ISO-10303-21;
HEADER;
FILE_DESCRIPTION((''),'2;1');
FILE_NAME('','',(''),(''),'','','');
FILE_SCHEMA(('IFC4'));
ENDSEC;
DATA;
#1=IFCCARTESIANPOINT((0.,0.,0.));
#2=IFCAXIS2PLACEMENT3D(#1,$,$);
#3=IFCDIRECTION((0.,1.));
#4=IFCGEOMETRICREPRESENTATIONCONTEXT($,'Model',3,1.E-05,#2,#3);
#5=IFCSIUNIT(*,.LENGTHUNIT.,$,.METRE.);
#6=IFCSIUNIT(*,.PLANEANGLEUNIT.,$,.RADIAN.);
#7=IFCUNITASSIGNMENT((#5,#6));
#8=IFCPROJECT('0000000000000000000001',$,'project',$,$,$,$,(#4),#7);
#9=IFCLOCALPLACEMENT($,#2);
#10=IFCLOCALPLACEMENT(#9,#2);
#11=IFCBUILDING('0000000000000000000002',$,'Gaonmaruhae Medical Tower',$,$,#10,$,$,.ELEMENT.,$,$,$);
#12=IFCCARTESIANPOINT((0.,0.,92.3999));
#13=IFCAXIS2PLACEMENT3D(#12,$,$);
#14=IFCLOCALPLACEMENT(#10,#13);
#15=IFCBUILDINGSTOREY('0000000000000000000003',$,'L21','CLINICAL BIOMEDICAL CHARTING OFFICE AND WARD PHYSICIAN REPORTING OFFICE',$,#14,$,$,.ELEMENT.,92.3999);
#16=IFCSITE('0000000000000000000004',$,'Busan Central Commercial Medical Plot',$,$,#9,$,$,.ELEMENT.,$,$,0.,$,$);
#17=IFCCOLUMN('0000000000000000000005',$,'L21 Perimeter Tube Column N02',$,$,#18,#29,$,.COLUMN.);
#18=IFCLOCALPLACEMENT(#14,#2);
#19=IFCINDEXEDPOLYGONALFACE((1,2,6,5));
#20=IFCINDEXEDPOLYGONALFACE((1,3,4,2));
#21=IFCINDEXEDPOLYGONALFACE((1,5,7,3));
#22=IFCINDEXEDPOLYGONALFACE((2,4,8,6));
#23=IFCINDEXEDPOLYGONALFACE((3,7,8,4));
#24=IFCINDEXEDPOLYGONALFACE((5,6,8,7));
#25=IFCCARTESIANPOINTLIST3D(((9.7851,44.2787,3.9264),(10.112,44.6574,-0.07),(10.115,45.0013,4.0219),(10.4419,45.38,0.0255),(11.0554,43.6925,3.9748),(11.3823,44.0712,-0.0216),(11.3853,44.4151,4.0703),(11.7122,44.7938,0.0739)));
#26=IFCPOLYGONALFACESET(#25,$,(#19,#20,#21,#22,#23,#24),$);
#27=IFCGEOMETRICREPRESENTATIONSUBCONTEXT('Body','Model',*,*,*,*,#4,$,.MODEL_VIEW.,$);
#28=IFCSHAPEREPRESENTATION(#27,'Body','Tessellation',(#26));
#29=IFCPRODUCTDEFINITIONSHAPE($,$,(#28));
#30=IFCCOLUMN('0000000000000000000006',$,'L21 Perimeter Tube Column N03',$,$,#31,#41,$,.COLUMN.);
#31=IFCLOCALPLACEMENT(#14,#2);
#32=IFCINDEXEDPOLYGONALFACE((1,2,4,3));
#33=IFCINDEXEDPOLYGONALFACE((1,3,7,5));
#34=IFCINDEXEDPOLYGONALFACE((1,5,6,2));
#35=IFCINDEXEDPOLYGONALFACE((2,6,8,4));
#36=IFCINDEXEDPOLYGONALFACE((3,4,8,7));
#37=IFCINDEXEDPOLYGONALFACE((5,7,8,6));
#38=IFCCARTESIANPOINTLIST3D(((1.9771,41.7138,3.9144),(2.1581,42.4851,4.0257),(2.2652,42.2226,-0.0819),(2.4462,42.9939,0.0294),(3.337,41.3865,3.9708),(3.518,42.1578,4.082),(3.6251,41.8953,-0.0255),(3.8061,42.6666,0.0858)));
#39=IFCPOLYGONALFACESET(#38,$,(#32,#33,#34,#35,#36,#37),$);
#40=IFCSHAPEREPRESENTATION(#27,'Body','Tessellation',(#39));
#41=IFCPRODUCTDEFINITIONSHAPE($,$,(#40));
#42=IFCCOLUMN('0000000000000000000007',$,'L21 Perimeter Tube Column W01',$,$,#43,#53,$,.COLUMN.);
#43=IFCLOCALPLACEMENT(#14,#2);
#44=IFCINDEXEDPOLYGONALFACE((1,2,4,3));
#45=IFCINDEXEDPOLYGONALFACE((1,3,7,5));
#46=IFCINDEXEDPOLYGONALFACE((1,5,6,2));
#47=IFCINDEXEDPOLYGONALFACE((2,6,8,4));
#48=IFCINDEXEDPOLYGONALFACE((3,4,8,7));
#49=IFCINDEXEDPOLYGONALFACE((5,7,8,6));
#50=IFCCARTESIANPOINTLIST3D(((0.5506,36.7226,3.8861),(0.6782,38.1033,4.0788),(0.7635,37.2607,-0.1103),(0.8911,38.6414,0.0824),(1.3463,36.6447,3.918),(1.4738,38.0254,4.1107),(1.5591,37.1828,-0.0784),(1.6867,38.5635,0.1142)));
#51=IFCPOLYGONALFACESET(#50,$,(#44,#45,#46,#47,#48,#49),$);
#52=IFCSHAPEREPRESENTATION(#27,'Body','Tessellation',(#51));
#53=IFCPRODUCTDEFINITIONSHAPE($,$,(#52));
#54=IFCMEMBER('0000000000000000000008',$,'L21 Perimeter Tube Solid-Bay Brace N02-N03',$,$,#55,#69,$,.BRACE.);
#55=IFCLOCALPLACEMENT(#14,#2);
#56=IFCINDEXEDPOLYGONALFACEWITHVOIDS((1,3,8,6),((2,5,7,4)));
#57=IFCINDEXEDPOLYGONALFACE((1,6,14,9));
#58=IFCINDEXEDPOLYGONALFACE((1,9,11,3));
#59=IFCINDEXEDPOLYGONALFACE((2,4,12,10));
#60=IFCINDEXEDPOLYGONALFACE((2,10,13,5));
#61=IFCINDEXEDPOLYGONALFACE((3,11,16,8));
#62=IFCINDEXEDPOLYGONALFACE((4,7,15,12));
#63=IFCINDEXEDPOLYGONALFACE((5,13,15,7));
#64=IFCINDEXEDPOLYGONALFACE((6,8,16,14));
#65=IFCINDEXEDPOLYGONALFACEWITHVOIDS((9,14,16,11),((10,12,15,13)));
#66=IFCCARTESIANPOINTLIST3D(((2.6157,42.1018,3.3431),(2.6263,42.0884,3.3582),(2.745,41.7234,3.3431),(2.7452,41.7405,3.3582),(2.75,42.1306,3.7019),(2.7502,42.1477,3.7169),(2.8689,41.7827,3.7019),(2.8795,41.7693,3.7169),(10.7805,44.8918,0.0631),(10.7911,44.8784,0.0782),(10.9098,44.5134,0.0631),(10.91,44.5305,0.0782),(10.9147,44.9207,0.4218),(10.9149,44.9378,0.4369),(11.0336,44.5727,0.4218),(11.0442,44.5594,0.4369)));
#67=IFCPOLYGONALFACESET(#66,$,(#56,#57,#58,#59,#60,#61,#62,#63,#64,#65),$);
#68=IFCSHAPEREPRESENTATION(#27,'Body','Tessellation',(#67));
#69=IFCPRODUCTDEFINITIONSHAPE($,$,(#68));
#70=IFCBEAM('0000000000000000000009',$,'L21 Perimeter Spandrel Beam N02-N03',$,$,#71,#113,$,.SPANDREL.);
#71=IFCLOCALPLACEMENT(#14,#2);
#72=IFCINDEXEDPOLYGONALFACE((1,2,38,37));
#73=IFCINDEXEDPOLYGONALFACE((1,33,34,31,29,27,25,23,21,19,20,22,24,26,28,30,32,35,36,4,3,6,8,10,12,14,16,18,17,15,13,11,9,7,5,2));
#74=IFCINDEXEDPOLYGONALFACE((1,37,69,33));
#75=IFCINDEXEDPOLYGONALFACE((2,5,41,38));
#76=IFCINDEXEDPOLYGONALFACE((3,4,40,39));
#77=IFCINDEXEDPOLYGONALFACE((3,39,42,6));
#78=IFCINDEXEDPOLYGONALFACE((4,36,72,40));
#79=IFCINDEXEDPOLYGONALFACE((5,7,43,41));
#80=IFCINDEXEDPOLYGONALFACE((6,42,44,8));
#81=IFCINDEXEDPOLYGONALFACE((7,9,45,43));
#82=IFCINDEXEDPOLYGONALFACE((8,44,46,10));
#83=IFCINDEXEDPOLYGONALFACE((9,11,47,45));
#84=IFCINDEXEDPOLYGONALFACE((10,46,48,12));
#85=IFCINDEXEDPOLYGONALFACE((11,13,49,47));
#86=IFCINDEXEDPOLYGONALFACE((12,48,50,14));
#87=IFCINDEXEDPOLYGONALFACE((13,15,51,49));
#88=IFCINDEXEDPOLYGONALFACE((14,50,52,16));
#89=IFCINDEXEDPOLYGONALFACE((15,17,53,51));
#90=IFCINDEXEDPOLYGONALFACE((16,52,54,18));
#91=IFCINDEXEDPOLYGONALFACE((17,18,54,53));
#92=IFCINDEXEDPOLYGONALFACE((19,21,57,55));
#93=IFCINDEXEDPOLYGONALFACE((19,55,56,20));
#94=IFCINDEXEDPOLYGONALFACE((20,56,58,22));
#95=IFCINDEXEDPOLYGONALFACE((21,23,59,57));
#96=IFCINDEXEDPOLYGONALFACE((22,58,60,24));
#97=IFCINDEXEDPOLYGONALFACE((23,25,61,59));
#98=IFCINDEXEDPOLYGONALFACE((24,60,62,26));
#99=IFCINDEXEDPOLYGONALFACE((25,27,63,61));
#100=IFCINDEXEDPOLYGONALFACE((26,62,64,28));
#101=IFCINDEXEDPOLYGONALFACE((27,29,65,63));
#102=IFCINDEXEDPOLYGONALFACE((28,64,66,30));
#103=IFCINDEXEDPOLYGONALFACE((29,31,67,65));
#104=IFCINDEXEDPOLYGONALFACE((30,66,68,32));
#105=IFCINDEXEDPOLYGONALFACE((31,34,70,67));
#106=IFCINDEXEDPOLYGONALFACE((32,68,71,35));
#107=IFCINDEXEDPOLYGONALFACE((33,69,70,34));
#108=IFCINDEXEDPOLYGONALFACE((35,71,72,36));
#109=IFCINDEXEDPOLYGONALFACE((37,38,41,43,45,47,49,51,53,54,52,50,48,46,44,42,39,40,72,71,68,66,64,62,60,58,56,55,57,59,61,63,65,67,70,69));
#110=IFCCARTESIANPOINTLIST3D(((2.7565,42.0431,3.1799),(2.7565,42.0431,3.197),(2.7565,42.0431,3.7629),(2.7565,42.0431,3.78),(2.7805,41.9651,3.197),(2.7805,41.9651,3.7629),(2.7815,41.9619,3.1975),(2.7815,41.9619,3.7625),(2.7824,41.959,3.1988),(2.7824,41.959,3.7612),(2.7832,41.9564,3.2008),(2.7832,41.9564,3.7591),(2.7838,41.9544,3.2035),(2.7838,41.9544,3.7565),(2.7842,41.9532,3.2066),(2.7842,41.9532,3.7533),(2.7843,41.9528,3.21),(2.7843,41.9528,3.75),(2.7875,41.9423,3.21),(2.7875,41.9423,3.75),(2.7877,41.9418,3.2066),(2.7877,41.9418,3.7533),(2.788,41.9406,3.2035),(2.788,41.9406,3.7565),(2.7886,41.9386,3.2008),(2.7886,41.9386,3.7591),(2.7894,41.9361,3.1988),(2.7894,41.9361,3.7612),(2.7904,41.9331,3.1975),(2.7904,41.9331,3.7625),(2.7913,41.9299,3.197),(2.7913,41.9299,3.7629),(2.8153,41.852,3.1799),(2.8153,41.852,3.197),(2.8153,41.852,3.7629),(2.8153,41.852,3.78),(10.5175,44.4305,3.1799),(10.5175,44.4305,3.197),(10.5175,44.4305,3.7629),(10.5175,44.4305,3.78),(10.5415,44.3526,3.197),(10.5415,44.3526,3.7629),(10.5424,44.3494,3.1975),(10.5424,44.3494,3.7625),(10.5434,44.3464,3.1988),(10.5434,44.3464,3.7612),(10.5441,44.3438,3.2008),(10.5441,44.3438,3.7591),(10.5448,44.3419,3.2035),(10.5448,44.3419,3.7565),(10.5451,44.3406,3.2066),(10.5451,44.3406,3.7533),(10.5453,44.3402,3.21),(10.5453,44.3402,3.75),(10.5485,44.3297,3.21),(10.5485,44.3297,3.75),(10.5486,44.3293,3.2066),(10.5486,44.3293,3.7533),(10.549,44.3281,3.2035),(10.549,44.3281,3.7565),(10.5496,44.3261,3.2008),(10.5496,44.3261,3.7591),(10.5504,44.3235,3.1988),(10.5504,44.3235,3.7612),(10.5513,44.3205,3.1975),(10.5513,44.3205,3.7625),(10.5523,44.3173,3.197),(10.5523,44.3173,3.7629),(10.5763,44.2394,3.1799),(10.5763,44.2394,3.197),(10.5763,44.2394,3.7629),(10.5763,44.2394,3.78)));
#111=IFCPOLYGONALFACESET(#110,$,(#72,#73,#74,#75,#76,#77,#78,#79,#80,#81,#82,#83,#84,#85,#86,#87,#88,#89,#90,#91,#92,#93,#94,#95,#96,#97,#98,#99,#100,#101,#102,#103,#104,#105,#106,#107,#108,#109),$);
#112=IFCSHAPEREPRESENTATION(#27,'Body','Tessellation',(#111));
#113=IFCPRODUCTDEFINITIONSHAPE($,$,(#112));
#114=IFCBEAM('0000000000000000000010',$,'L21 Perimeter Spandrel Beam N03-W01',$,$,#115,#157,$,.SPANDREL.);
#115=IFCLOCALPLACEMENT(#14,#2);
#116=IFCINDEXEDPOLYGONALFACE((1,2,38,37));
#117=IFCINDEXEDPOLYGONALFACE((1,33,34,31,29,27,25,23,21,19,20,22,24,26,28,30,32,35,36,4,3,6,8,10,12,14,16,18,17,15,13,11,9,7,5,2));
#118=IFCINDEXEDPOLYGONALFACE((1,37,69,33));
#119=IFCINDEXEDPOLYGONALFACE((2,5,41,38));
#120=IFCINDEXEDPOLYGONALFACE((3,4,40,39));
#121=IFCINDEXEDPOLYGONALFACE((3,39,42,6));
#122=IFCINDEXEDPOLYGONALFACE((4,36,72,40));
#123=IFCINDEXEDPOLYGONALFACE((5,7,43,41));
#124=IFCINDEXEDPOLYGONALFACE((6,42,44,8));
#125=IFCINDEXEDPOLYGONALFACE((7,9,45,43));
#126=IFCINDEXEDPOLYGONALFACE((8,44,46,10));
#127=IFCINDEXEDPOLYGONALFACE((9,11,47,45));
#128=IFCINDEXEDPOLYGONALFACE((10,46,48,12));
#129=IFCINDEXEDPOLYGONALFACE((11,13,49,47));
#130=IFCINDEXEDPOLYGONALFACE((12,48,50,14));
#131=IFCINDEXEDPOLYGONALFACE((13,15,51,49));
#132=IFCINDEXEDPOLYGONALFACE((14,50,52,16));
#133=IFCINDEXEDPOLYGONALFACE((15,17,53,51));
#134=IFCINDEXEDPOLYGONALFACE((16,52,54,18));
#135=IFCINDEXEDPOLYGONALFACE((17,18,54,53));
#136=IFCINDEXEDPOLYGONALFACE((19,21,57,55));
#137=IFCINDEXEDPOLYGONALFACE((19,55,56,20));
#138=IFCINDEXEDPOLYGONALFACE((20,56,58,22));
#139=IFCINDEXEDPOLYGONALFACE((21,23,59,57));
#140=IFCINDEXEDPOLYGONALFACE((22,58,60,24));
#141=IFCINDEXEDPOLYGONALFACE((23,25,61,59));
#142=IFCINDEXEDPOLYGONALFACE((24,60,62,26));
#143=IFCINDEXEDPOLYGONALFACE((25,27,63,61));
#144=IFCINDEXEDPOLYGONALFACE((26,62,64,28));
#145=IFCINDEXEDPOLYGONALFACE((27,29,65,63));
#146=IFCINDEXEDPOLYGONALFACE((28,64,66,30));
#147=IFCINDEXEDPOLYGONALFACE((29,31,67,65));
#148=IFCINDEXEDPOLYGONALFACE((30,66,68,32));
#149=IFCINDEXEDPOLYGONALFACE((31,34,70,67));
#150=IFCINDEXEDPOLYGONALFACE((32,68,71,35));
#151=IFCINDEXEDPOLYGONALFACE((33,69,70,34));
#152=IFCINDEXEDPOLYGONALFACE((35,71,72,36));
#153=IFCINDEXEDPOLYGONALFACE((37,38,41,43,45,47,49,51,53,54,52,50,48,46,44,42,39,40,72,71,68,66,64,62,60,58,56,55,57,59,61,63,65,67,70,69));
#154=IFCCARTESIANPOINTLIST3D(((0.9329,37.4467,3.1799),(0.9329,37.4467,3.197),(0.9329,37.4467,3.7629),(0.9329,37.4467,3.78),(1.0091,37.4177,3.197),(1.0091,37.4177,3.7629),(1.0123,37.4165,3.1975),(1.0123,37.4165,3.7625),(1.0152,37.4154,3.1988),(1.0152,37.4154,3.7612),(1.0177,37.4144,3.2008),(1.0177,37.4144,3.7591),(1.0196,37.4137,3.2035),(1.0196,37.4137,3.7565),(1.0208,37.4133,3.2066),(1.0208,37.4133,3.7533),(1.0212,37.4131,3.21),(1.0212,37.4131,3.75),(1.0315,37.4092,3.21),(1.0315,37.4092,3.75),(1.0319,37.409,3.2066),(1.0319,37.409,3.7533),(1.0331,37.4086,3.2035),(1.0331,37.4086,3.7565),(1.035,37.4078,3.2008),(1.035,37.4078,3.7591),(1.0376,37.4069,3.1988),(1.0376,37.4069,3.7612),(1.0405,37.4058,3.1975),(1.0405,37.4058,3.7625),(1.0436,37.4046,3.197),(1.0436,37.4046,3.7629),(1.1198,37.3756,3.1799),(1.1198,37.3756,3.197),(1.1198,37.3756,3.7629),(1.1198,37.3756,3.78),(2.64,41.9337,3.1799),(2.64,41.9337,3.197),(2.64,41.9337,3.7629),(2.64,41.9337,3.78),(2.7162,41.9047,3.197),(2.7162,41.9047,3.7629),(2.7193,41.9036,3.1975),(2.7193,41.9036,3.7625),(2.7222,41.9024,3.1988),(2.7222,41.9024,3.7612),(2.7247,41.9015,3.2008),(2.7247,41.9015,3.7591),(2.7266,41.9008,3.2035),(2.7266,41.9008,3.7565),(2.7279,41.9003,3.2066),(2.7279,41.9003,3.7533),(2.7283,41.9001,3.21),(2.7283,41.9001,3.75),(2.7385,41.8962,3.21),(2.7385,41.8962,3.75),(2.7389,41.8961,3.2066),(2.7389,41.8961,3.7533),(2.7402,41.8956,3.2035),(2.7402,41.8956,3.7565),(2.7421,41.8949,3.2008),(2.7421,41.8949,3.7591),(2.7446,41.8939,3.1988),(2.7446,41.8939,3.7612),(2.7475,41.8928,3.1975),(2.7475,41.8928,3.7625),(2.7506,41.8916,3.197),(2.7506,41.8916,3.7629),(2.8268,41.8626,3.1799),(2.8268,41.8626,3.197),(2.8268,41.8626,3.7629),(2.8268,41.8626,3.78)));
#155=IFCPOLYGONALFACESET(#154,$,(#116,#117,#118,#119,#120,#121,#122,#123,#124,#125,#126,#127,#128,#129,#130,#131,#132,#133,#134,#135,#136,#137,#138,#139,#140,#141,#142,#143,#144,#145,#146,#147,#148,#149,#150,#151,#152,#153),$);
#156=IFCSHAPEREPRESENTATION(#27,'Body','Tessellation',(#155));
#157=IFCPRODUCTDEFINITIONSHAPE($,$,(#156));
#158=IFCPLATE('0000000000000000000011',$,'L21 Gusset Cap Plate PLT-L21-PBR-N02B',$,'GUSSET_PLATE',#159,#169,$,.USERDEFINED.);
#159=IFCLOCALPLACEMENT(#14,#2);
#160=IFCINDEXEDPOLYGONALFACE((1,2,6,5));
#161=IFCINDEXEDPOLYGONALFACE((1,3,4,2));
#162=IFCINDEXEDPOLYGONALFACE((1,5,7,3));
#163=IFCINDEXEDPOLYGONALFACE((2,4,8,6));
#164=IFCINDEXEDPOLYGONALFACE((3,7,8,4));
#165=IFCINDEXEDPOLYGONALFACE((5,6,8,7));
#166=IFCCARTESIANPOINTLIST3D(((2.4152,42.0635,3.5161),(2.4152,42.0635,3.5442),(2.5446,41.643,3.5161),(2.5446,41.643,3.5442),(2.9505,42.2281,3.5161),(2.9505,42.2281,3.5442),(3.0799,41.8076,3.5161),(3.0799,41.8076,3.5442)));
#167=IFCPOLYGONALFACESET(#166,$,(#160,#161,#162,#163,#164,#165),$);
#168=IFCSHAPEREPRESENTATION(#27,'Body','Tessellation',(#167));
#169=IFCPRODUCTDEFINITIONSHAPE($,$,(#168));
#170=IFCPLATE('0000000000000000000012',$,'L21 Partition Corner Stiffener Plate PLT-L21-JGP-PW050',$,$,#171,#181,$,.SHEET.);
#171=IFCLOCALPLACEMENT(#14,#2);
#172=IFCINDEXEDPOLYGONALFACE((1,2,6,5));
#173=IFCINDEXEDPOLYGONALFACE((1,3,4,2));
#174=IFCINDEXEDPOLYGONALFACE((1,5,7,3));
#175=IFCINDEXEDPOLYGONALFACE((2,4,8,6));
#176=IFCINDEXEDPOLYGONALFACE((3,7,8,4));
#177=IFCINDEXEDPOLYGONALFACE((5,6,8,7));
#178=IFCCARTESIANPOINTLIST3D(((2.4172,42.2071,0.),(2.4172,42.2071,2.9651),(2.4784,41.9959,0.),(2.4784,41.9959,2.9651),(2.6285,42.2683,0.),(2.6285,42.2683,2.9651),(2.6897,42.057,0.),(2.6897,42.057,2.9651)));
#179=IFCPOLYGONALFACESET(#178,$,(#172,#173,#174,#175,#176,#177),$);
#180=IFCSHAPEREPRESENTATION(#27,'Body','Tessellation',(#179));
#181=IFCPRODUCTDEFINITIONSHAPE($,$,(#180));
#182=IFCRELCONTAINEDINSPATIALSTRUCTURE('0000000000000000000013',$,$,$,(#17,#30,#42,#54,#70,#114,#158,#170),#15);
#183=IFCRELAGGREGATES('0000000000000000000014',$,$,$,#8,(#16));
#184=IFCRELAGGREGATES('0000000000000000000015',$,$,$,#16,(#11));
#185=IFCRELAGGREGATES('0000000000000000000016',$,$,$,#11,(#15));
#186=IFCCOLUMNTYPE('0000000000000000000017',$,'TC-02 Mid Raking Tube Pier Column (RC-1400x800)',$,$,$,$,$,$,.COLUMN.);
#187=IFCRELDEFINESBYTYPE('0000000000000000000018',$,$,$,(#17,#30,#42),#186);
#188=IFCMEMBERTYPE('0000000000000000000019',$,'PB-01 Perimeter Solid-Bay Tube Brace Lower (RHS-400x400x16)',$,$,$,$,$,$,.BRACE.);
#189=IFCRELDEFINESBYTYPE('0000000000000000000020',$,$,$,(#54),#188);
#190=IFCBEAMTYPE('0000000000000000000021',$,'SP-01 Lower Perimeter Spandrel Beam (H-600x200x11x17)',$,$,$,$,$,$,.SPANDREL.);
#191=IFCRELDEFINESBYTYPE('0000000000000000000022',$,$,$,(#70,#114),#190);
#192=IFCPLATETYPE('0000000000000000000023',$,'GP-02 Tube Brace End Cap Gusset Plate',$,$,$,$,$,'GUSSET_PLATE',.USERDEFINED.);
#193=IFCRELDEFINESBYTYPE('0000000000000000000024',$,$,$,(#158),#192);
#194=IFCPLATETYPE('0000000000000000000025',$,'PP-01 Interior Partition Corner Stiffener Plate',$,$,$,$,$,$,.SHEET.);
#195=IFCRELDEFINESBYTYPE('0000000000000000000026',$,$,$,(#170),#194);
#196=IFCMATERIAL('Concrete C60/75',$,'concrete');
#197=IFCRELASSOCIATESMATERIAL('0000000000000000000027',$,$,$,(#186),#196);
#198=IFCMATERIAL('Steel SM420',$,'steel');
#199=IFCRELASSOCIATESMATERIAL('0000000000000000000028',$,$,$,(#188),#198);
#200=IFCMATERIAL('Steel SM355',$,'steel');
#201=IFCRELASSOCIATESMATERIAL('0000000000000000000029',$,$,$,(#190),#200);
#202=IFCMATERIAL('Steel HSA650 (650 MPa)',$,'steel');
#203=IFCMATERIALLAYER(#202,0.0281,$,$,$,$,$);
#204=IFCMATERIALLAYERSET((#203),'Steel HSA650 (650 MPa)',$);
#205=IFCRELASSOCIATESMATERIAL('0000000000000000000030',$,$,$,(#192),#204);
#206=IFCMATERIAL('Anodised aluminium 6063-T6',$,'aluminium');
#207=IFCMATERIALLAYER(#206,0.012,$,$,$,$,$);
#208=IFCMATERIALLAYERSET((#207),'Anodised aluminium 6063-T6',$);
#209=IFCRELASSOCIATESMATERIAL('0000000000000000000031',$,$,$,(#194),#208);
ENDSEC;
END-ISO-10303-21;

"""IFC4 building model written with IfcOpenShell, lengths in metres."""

from ifc_helpers import new_model, si_unit, direction, frame, origin, origin_2d, place, context, subcontext, project, spatial, rectangle, hollow_rectangle, i_section, extrude, material, layer, layer_set, material_profile, profile_set, type_object, element, save


model = new_model("IFC4")

# Units and contexts
model_context = context("Model", 3, precision=1e-05, world=origin(), true_north=direction((0.0, 1.0)))
body_context = subcontext(model_context, "Body", "Model", "MODEL_VIEW")
ifc_project = project(units=[si_unit("LENGTHUNIT", "METRE"), si_unit("PLANEANGLEUNIT", "RADIAN")], contexts=[model_context])

# Site, building, storey
site_placement = place(None, origin())
site = spatial("IfcSite", under=ifc_project, at=site_placement, Name="Busan Central Commercial Medical Plot", CompositionType="ELEMENT", RefElevation=0.0)
building_placement = place(site_placement, origin())
building = spatial("IfcBuilding", under=site, at=building_placement, Name="Gaonmaruhae Medical Tower", CompositionType="ELEMENT")
storey_placement = place(building_placement, frame((0.0, 0.0, 92.3999)))
storey = spatial("IfcBuildingStorey", under=building, at=storey_placement, Name="L21", Description="CLINICAL BIOMEDICAL CHARTING OFFICE AND WARD PHYSICIAN REPORTING OFFICE", CompositionType="ELEMENT", Elevation=92.3999)

# Columns
ifc_material_1 = material(Name="Concrete C60/75", Category="concrete")
ifc_material_profile_1 = material_profile(ifc_material_1, rectangle(XDim=1.3999, YDim=0.8, at=origin_2d()), Name="RC-1400x800")
ifc_profile_set_1 = profile_set([ifc_material_profile_1], Name="Concrete C60/75")
column_type = type_object("IfcColumnType", Name="TC-02 Mid Raking Tube Pier Column (RC-1400x800)", PredefinedType="COLUMN", material=ifc_profile_set_1)
column_1_placement = place(storey_placement, frame((10.9121, 44.7256, 0.002), z_axis=(-0.081168, -0.094019, 0.992256), x_axis=(0.907432, -0.418776, 0.034549)))
element("IfcColumn", 1, at=column_1_placement, inside=storey, type_object=column_type, Name="L21 Perimeter Tube Column N02", PredefinedType="COLUMN", context=body_context, shape_type="SweptSolid", body=[
    extrude(rectangle(XDim=1.3999, YDim=0.8, at=origin_2d()), origin(), (0.0, 0.0, 1.0), 4.0276),
])
column_2_placement = place(storey_placement, frame((3.0356, 42.4446, 0.002), z_axis=(-0.071328, -0.125973, 0.989466), x_axis=(0.971456, -0.233777, 0.040267)))
element("IfcColumn", 2, at=column_2_placement, inside=storey, type_object=column_type, Name="L21 Perimeter Tube Column N03", PredefinedType="COLUMN", context=body_context, shape_type="SweptSolid", body=[
    extrude(rectangle(XDim=1.3999, YDim=0.8, at=origin_2d()), origin(), (0.0, 0.0, 1.0), 4.0388),
])
column_3_placement = place(storey_placement, frame((1.2251, 37.9121, 0.002), z_axis=(-0.052722, -0.133255, 0.989679), x_axis=(0.091085, 0.986284, 0.13765)))
element("IfcColumn", 3, at=column_3_placement, inside=storey, type_object=column_type, Name="L21 Perimeter Tube Column W01", PredefinedType="COLUMN", context=body_context, shape_type="SweptSolid", body=[
    extrude(rectangle(XDim=1.3999, YDim=0.8, at=origin_2d()), origin(), (0.0, 0.0, 1.0), 4.0381),
])

# Member
ifc_material_2 = material(Name="Steel SM420", Category="steel")
ifc_material_profile_2 = material_profile(ifc_material_2, hollow_rectangle(XDim=0.3999, YDim=0.3999, WallThickness=0.0161, at=origin_2d()), Name="RHS-400x400x16")
ifc_profile_set_2 = profile_set([ifc_material_profile_2], Name="Steel SM420")
member_type = type_object("IfcMemberType", Name="PB-01 Perimeter Solid-Bay Tube Brace Lower (RHS-400x400x16)", PredefinedType="BRACE", material=ifc_profile_set_2)
member_placement = place(storey_placement, frame((10.9124, 44.7256, 0.25), z_axis=(-0.884521, -0.302255, 0.355337), x_axis=(0.323358, -0.946277, 0.0)))
element("IfcMember", 4, at=member_placement, inside=storey, type_object=member_type, Name="L21 Perimeter Tube Solid-Bay Brace N02-N03", PredefinedType="BRACE", context=body_context, shape_type="SweptSolid", body=[
    extrude(hollow_rectangle(XDim=0.3999, YDim=0.3999, WallThickness=0.0161, at=origin_2d()), origin(), (0.0, 0.0, 1.0), 9.2307),
])

# Beams
ifc_material_3 = material(Name="Steel SM355", Category="steel")
ifc_material_profile_3 = material_profile(ifc_material_3, i_section(OverallWidth=0.2, OverallDepth=0.6001, WebThickness=0.011, FlangeThickness=0.0171, FilletRadius=0.0129, at=origin_2d()), Name="H-600x200x11x17")
ifc_profile_set_3 = profile_set([ifc_material_profile_3], Name="Steel SM355")
beam_type = type_object("IfcBeamType", Name="SP-01 Lower Perimeter Spandrel Beam (H-600x200x11x17)", PredefinedType="SPANDREL", material=ifc_profile_set_3)
beam_1_placement = place(storey_placement, frame((10.5469, 44.335, 3.48), z_axis=(-0.955798, -0.294025, 0.0), x_axis=(0.294025, -0.955798, 0.0)))
element("IfcBeam", 5, at=beam_1_placement, inside=storey, type_object=beam_type, Name="L21 Perimeter Spandrel Beam N02-N03", PredefinedType="SPANDREL", context=body_context, shape_type="SweptSolid", body=[
    extrude(i_section(OverallWidth=0.2, OverallDepth=0.6001, WebThickness=0.011, FlangeThickness=0.0171, FilletRadius=0.0129, at=origin_2d()), origin(), (0.0, 0.0, 1.0), 8.1199),
])
beam_2_placement = place(storey_placement, frame((2.7334, 41.8982, 3.48), z_axis=(-0.355572, -0.934649, 0.0), x_axis=(0.934649, -0.355572, 0.0)))
element("IfcBeam", 6, at=beam_2_placement, inside=storey, type_object=beam_type, Name="L21 Perimeter Spandrel Beam N03-W01", PredefinedType="SPANDREL", context=body_context, shape_type="SweptSolid", body=[
    extrude(i_section(OverallWidth=0.2, OverallDepth=0.6001, WebThickness=0.011, FlangeThickness=0.0171, FilletRadius=0.0129, at=origin_2d()), origin(), (0.0, 0.0, 1.0), 4.8008),
])

# Plates
ifc_material_4 = material(Name="Steel HSA650 (650 MPa)", Category="steel")
ifc_layer_1 = layer(ifc_material_4, 0.0281)
ifc_layer_set_1 = layer_set([ifc_layer_1], Name="Steel HSA650 (650 MPa)")
plate_type_1 = type_object("IfcPlateType", Name="GP-02 Tube Brace End Cap Gusset Plate", ElementType="GUSSET_PLATE", PredefinedType="USERDEFINED", material=ifc_layer_set_1)
plate_1_placement = place(storey_placement, frame((2.7476, 41.9355, 3.5161), z_axis=(0.0, 0.0, 1.0), x_axis=(0.955793, 0.29404, 0.0)))
element("IfcPlate", 7, at=plate_1_placement, inside=storey, type_object=plate_type_1, Name="L21 Gusset Cap Plate PLT-L21-PBR-N02B", ObjectType="GUSSET_PLATE", PredefinedType="USERDEFINED", context=body_context, shape_type="SweptSolid", body=[
    extrude(rectangle(XDim=0.5601, YDim=0.4399, at=origin_2d()), origin(), (0.0, 0.0, 1.0), 0.0281),
])
ifc_material_5 = material(Name="Anodised aluminium 6063-T6", Category="aluminium")
ifc_layer_2 = layer(ifc_material_5, 0.012)
ifc_layer_set_2 = layer_set([ifc_layer_2], Name="Anodised aluminium 6063-T6")
plate_type_2 = type_object("IfcPlateType", Name="PP-01 Interior Partition Corner Stiffener Plate", PredefinedType="SHEET", material=ifc_layer_set_2)
plate_2_placement = place(storey_placement, frame((2.5535, 42.1321, 0.0), z_axis=(0.0, 0.0, 1.0), x_axis=(-0.278052, 0.960566, 0.0)))
element("IfcPlate", 8, at=plate_2_placement, inside=storey, type_object=plate_type_2, Name="L21 Partition Corner Stiffener Plate PLT-L21-JGP-PW050", PredefinedType="SHEET", context=body_context, shape_type="SweptSolid", body=[
    extrude(rectangle(XDim=0.22, YDim=0.22, at=origin_2d()), origin(), (0.0, 0.0, 1.0), 2.9651),
])

save(model, "model.ifc")
